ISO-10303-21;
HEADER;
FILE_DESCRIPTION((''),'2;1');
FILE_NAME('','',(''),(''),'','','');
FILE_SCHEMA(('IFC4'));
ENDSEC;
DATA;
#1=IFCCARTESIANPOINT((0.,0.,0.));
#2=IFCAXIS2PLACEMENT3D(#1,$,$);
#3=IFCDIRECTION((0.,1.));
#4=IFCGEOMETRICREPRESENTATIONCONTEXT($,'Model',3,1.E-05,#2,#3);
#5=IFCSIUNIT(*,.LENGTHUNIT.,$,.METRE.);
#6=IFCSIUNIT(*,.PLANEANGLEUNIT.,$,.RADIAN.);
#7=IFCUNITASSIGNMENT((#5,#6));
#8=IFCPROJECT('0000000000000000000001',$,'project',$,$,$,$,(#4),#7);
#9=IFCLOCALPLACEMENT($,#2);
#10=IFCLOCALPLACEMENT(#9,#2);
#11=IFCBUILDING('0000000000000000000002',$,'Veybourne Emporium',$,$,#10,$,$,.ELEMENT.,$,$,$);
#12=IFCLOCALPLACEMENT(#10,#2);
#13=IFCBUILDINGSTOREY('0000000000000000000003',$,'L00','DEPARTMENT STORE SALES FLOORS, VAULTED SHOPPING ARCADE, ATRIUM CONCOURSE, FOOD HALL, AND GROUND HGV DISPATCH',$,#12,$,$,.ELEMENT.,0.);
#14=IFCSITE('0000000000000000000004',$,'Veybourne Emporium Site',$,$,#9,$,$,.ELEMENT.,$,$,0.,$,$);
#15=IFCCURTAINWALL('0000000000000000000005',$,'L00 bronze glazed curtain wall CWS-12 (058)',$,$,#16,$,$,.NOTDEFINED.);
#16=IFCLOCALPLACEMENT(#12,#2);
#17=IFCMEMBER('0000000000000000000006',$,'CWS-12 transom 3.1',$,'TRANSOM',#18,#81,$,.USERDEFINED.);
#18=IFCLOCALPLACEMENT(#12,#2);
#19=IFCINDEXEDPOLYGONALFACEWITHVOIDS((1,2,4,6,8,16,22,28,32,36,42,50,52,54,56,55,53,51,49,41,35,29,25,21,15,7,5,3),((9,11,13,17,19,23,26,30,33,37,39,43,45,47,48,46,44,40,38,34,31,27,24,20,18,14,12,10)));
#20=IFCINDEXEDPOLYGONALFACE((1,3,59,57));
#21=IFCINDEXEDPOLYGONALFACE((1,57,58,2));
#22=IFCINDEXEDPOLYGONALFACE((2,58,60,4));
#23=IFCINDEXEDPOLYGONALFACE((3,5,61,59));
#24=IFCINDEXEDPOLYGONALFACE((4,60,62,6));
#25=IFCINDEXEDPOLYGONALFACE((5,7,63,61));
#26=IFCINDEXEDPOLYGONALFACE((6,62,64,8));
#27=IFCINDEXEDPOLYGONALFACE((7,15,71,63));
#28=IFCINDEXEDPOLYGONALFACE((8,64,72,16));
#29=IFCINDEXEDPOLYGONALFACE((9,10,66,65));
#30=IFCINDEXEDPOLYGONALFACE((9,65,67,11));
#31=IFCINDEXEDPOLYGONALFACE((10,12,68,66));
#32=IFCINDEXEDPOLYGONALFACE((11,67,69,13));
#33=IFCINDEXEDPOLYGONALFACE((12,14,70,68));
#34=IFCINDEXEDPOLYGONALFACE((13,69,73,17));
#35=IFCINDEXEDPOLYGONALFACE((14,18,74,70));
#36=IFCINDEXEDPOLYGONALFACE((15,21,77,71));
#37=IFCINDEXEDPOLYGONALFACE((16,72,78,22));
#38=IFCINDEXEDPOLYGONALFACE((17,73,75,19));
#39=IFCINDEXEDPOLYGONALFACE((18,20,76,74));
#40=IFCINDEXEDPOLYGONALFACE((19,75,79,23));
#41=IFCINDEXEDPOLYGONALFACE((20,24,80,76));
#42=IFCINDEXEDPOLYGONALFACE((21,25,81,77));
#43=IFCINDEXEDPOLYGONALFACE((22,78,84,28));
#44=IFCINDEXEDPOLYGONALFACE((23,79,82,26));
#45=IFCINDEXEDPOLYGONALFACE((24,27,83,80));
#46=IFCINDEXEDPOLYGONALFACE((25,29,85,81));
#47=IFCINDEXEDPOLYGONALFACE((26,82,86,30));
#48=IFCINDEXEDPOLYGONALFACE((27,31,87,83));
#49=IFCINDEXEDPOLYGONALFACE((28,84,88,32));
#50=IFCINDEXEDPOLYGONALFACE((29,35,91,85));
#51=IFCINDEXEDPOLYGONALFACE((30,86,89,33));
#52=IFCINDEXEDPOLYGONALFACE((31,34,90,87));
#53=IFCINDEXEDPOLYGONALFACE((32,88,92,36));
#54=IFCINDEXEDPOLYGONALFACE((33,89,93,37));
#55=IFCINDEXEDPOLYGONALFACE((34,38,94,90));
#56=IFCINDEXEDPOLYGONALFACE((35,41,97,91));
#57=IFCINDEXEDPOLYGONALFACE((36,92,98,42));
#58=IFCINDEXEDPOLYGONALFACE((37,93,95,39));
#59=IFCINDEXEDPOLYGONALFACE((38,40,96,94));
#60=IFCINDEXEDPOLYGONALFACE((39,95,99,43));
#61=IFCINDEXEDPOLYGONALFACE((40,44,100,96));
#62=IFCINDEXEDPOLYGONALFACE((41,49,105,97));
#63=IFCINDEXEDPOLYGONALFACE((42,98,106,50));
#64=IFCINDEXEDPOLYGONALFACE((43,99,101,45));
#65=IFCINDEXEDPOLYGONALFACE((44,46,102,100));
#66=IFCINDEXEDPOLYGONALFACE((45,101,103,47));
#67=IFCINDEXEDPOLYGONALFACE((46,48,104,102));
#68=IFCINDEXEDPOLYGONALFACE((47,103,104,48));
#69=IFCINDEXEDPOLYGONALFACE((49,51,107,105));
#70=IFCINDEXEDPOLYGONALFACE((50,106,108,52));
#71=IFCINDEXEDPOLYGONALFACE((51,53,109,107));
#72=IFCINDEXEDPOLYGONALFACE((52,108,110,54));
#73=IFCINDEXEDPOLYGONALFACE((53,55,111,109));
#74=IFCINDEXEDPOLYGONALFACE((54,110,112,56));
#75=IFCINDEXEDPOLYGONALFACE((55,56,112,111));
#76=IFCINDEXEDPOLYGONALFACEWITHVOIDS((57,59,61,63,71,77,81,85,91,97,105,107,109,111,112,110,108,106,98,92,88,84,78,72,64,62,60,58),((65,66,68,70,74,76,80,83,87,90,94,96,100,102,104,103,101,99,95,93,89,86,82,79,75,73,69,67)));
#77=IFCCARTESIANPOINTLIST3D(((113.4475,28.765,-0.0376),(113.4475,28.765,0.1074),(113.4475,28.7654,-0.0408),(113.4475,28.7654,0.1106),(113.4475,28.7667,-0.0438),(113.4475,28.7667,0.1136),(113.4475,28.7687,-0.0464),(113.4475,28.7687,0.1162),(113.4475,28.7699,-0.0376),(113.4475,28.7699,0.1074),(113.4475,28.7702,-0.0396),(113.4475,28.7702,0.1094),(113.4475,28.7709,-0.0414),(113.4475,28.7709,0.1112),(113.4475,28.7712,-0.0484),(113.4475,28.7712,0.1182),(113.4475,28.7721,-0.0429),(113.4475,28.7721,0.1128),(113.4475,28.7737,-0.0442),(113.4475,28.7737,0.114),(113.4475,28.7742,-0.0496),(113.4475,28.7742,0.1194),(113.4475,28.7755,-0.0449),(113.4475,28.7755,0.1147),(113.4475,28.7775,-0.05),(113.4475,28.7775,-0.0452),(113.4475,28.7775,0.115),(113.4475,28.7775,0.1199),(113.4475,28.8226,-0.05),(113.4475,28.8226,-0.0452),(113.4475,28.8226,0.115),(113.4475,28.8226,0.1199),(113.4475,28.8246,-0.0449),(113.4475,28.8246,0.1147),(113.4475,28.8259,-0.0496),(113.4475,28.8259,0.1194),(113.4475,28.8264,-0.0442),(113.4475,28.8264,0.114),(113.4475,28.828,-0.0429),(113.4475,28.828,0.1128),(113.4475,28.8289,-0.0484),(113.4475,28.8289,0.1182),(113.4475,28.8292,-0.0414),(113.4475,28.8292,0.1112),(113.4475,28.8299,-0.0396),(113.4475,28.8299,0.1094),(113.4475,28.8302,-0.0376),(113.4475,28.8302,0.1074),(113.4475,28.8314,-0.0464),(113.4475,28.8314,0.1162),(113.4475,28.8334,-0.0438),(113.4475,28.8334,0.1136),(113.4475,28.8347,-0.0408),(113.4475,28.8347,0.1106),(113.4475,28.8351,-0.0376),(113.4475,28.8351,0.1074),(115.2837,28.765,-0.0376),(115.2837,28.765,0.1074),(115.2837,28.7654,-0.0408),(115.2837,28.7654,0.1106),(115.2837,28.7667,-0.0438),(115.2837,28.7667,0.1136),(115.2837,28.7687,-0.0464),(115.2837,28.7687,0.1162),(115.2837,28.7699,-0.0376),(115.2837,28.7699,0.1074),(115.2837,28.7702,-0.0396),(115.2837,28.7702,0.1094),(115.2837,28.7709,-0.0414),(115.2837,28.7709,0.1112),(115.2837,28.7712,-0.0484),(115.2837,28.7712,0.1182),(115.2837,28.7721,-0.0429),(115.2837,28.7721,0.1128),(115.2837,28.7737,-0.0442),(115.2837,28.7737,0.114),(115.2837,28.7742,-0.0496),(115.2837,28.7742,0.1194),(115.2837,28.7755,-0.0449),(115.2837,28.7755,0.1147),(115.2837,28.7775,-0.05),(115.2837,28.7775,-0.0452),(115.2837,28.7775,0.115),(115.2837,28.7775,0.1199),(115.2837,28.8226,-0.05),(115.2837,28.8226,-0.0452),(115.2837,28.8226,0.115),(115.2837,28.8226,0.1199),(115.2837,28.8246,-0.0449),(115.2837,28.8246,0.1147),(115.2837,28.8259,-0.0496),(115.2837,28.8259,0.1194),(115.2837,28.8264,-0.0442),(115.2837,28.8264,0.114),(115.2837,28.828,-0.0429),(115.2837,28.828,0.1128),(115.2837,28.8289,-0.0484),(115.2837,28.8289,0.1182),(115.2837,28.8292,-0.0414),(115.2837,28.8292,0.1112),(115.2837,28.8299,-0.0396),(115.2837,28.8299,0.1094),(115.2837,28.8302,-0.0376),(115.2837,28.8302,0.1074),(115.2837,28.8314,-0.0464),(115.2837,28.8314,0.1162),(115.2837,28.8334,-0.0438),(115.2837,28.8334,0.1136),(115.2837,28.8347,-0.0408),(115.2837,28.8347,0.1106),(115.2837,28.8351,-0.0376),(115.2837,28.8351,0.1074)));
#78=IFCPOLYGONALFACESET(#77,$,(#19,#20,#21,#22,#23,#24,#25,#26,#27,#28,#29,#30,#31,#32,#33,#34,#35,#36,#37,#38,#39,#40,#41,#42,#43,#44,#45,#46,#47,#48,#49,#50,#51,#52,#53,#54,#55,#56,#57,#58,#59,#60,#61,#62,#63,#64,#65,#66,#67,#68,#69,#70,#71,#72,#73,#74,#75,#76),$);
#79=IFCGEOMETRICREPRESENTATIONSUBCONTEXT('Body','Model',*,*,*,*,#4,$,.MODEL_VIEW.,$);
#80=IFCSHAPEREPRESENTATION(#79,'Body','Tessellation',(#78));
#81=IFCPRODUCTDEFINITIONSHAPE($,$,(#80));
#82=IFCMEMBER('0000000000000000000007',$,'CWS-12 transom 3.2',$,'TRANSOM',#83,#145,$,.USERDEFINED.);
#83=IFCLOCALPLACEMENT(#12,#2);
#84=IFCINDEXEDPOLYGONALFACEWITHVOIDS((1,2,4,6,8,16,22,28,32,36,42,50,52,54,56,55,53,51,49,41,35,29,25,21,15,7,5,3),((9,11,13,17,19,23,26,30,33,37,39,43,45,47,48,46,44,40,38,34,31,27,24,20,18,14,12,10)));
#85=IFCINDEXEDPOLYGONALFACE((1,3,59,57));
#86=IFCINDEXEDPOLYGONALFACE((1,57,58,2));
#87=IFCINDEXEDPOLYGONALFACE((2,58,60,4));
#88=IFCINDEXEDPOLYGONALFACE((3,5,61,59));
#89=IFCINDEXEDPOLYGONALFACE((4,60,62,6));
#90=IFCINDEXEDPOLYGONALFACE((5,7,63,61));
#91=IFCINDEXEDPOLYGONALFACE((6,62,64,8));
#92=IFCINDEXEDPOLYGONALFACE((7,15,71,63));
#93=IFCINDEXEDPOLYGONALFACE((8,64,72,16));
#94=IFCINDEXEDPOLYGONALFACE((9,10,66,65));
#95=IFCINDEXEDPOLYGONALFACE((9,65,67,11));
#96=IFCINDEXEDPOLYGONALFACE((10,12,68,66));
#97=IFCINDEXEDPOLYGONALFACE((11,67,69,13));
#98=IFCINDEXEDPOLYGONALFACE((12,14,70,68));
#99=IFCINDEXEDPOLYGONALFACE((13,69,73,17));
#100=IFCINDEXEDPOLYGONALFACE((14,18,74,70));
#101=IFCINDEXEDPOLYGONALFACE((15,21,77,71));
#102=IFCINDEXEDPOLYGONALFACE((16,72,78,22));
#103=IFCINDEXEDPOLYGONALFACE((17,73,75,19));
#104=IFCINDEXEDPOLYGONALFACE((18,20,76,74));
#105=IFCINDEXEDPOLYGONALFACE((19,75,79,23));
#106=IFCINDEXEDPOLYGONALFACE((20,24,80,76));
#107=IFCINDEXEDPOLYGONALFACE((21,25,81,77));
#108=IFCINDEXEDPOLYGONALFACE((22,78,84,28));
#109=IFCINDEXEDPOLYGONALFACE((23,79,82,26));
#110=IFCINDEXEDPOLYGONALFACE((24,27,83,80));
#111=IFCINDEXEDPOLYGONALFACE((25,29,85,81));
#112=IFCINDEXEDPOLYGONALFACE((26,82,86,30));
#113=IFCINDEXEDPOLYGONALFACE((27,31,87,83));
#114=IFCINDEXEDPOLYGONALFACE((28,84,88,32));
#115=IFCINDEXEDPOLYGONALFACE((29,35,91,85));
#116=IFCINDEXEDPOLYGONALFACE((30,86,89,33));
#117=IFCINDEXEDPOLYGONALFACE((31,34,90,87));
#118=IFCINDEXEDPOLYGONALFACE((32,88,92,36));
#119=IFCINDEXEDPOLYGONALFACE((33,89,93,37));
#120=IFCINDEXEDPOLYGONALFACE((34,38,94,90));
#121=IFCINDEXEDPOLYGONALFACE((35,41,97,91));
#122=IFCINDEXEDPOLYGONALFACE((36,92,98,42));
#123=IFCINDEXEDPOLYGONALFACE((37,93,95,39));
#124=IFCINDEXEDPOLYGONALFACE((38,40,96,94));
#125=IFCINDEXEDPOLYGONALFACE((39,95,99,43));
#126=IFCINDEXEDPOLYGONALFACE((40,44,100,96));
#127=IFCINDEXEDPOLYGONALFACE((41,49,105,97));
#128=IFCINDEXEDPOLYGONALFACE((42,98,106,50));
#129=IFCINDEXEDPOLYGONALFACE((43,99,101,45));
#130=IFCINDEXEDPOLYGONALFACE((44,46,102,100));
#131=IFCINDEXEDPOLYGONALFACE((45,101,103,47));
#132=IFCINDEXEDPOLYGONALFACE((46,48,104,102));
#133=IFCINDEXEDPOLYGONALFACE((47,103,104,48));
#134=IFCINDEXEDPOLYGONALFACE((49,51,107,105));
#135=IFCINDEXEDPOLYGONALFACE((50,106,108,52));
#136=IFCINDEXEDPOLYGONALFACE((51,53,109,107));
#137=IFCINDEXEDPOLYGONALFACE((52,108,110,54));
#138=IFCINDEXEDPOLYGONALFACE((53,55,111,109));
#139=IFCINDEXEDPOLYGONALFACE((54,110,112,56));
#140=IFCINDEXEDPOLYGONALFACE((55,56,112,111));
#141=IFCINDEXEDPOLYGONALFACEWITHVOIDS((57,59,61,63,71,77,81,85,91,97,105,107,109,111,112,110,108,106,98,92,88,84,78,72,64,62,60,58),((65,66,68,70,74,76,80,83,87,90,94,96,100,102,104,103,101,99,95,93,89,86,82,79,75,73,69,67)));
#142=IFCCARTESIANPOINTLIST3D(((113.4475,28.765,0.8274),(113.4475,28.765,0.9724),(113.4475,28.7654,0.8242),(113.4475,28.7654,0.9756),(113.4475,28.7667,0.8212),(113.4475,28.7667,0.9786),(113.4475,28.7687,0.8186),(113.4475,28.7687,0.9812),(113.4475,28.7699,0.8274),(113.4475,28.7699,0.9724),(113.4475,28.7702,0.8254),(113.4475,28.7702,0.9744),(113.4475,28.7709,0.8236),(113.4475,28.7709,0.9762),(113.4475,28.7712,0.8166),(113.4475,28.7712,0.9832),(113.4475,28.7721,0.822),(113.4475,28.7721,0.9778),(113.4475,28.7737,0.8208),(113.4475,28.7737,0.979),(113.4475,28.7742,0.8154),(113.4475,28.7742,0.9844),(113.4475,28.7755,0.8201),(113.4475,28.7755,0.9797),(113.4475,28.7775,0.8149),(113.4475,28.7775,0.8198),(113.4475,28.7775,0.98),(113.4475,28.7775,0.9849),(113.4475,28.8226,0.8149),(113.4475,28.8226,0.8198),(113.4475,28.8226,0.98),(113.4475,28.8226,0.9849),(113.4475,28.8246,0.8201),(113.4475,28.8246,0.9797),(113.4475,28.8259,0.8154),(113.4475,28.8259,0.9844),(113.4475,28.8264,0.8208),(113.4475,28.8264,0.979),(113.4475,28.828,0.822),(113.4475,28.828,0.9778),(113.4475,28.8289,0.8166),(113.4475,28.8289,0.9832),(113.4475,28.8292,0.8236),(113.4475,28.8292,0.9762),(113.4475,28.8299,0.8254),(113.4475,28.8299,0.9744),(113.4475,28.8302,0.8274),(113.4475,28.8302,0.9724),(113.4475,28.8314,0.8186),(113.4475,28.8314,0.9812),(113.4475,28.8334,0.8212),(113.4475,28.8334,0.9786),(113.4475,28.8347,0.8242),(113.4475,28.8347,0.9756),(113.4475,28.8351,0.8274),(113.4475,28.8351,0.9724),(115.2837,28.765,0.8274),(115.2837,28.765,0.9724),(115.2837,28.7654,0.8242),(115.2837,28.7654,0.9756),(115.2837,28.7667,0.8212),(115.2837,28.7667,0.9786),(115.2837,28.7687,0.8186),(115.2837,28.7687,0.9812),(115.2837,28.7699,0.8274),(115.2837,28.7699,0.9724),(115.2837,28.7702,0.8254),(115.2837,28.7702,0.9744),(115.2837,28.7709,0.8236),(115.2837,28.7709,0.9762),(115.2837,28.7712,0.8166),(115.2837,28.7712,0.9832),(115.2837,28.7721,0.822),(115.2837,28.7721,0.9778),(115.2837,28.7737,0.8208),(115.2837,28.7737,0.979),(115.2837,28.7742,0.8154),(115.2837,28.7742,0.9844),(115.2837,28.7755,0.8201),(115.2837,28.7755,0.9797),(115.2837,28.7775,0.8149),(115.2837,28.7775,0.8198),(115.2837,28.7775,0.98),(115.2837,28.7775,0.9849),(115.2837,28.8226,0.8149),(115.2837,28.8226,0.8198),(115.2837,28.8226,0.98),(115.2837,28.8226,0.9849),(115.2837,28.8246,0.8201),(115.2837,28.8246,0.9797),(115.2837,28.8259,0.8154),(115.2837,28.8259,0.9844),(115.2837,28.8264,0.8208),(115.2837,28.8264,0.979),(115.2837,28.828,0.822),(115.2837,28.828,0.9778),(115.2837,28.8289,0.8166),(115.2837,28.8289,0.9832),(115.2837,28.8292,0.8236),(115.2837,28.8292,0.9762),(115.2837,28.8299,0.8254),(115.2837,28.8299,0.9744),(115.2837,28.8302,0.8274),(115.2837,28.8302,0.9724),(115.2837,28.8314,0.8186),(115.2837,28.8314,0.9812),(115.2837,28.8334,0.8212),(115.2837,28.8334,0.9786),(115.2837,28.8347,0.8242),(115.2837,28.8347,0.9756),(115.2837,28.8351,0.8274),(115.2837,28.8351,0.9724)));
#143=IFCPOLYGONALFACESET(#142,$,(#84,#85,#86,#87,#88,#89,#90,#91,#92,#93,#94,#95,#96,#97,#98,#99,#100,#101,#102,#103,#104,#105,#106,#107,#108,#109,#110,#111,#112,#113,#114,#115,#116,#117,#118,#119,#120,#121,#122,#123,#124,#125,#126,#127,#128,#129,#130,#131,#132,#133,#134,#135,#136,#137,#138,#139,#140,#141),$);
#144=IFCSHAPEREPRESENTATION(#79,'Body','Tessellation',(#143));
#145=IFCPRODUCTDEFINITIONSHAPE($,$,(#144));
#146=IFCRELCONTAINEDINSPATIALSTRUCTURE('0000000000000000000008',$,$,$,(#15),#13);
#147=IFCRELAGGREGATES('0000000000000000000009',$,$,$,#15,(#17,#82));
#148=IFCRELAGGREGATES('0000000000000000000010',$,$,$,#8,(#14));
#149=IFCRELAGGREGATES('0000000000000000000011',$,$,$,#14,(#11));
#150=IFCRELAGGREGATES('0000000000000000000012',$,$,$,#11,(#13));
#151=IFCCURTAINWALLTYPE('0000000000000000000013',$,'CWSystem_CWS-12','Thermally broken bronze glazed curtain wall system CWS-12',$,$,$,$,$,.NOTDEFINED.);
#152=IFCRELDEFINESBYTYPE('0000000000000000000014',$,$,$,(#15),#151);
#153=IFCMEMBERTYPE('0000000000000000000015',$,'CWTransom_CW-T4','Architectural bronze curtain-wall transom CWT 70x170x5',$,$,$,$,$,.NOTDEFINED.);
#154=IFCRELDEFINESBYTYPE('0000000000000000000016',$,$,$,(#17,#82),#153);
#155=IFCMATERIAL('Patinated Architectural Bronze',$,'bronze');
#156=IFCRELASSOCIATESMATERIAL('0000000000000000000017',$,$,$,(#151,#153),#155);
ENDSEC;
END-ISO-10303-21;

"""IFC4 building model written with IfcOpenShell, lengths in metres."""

from ifc_helpers import new_model, si_unit, direction, frame, origin, origin_2d, place, context, subcontext, project, spatial, hollow_rectangle, extrude, material, material_profile, profile_set, type_object, element, aggregate, save


model = new_model("IFC4")

# Units and contexts
model_context = context("Model", 3, precision=1e-05, world=origin(), true_north=direction((0.0, 1.0)))
body_context = subcontext(model_context, "Body", "Model", "MODEL_VIEW")
ifc_project = project(units=[si_unit("LENGTHUNIT", "METRE"), si_unit("PLANEANGLEUNIT", "RADIAN")], contexts=[model_context])

# Site, building, storey
site_placement = place(None, origin())
site = spatial("IfcSite", under=ifc_project, at=site_placement, Name="Veybourne Emporium Site", CompositionType="ELEMENT", RefElevation=0.0)
building_placement = place(site_placement, origin())
building = spatial("IfcBuilding", under=site, at=building_placement, Name="Veybourne Emporium", CompositionType="ELEMENT")
storey_placement = place(building_placement, origin())
storey = spatial("IfcBuildingStorey", under=building, at=storey_placement, Name="L00", Description="DEPARTMENT STORE SALES FLOORS, VAULTED SHOPPING ARCADE, ATRIUM CONCOURSE, FOOD HALL, AND GROUND HGV DISPATCH", CompositionType="ELEMENT", Elevation=0.0)

# Shared definitions
ifc_material_1 = material(Name="Patinated Architectural Bronze", Category="bronze")

# Curtain wall
curtain_wall_type_1 = type_object("IfcCurtainWallType", Name="CWSystem_CWS-12", Description="Thermally broken bronze glazed curtain wall system CWS-12", PredefinedType="NOTDEFINED", material=ifc_material_1)
curtain_wall_1_placement = place(storey_placement, origin())
curtain_wall_1 = element("IfcCurtainWall", 1, at=curtain_wall_1_placement, inside=storey, type_object=curtain_wall_type_1, Name="L00 bronze glazed curtain wall CWS-12 (058)", PredefinedType="NOTDEFINED")

# Members
ifc_material_profile_1 = material_profile(ifc_material_1, hollow_rectangle(XDim=0.0701, YDim=0.1699, WallThickness=0.0049, InnerFilletRadius=0.0076, OuterFilletRadius=0.0125, at=origin_2d()), Name="CWT 70x170x5")
ifc_profile_set_1 = profile_set([ifc_material_profile_1], Name="Patinated Architectural Bronze")
member_type_1 = type_object("IfcMemberType", Name="CWTransom_CW-T4", Description="Architectural bronze curtain-wall transom CWT 70x170x5", PredefinedType="NOTDEFINED", material=ifc_profile_set_1)
member_1_placement = place(storey_placement, frame((113.4475, 28.8, 0.0349), z_axis=(1.0, 0.0, 0.0), x_axis=(0.0, 1.0, 0.0)))
member_1 = element("IfcMember", 2, at=member_1_placement, type_object=member_type_1, Name="CWS-12 transom 3.1", ObjectType="TRANSOM", PredefinedType="USERDEFINED", context=body_context, shape_type="SweptSolid", body=[
    extrude(hollow_rectangle(XDim=0.0701, YDim=0.1699, WallThickness=0.0049, InnerFilletRadius=0.0076, OuterFilletRadius=0.0125, at=origin_2d()), origin(), (0.0, 0.0, 1.0), 1.8362),
])
member_2_placement = place(storey_placement, frame((113.4475, 28.8, 0.8999), z_axis=(1.0, 0.0, 0.0), x_axis=(0.0, 1.0, 0.0)))
member_2 = element("IfcMember", 3, at=member_2_placement, type_object=member_type_1, Name="CWS-12 transom 3.2", ObjectType="TRANSOM", PredefinedType="USERDEFINED", context=body_context, shape_type="SweptSolid", body=[
    extrude(hollow_rectangle(XDim=0.0701, YDim=0.1699, WallThickness=0.0049, InnerFilletRadius=0.0076, OuterFilletRadius=0.0125, at=origin_2d()), origin(), (0.0, 0.0, 1.0), 1.8362),
])

aggregate(curtain_wall_1, [member_1, member_2])

save(model, "model.ifc")
